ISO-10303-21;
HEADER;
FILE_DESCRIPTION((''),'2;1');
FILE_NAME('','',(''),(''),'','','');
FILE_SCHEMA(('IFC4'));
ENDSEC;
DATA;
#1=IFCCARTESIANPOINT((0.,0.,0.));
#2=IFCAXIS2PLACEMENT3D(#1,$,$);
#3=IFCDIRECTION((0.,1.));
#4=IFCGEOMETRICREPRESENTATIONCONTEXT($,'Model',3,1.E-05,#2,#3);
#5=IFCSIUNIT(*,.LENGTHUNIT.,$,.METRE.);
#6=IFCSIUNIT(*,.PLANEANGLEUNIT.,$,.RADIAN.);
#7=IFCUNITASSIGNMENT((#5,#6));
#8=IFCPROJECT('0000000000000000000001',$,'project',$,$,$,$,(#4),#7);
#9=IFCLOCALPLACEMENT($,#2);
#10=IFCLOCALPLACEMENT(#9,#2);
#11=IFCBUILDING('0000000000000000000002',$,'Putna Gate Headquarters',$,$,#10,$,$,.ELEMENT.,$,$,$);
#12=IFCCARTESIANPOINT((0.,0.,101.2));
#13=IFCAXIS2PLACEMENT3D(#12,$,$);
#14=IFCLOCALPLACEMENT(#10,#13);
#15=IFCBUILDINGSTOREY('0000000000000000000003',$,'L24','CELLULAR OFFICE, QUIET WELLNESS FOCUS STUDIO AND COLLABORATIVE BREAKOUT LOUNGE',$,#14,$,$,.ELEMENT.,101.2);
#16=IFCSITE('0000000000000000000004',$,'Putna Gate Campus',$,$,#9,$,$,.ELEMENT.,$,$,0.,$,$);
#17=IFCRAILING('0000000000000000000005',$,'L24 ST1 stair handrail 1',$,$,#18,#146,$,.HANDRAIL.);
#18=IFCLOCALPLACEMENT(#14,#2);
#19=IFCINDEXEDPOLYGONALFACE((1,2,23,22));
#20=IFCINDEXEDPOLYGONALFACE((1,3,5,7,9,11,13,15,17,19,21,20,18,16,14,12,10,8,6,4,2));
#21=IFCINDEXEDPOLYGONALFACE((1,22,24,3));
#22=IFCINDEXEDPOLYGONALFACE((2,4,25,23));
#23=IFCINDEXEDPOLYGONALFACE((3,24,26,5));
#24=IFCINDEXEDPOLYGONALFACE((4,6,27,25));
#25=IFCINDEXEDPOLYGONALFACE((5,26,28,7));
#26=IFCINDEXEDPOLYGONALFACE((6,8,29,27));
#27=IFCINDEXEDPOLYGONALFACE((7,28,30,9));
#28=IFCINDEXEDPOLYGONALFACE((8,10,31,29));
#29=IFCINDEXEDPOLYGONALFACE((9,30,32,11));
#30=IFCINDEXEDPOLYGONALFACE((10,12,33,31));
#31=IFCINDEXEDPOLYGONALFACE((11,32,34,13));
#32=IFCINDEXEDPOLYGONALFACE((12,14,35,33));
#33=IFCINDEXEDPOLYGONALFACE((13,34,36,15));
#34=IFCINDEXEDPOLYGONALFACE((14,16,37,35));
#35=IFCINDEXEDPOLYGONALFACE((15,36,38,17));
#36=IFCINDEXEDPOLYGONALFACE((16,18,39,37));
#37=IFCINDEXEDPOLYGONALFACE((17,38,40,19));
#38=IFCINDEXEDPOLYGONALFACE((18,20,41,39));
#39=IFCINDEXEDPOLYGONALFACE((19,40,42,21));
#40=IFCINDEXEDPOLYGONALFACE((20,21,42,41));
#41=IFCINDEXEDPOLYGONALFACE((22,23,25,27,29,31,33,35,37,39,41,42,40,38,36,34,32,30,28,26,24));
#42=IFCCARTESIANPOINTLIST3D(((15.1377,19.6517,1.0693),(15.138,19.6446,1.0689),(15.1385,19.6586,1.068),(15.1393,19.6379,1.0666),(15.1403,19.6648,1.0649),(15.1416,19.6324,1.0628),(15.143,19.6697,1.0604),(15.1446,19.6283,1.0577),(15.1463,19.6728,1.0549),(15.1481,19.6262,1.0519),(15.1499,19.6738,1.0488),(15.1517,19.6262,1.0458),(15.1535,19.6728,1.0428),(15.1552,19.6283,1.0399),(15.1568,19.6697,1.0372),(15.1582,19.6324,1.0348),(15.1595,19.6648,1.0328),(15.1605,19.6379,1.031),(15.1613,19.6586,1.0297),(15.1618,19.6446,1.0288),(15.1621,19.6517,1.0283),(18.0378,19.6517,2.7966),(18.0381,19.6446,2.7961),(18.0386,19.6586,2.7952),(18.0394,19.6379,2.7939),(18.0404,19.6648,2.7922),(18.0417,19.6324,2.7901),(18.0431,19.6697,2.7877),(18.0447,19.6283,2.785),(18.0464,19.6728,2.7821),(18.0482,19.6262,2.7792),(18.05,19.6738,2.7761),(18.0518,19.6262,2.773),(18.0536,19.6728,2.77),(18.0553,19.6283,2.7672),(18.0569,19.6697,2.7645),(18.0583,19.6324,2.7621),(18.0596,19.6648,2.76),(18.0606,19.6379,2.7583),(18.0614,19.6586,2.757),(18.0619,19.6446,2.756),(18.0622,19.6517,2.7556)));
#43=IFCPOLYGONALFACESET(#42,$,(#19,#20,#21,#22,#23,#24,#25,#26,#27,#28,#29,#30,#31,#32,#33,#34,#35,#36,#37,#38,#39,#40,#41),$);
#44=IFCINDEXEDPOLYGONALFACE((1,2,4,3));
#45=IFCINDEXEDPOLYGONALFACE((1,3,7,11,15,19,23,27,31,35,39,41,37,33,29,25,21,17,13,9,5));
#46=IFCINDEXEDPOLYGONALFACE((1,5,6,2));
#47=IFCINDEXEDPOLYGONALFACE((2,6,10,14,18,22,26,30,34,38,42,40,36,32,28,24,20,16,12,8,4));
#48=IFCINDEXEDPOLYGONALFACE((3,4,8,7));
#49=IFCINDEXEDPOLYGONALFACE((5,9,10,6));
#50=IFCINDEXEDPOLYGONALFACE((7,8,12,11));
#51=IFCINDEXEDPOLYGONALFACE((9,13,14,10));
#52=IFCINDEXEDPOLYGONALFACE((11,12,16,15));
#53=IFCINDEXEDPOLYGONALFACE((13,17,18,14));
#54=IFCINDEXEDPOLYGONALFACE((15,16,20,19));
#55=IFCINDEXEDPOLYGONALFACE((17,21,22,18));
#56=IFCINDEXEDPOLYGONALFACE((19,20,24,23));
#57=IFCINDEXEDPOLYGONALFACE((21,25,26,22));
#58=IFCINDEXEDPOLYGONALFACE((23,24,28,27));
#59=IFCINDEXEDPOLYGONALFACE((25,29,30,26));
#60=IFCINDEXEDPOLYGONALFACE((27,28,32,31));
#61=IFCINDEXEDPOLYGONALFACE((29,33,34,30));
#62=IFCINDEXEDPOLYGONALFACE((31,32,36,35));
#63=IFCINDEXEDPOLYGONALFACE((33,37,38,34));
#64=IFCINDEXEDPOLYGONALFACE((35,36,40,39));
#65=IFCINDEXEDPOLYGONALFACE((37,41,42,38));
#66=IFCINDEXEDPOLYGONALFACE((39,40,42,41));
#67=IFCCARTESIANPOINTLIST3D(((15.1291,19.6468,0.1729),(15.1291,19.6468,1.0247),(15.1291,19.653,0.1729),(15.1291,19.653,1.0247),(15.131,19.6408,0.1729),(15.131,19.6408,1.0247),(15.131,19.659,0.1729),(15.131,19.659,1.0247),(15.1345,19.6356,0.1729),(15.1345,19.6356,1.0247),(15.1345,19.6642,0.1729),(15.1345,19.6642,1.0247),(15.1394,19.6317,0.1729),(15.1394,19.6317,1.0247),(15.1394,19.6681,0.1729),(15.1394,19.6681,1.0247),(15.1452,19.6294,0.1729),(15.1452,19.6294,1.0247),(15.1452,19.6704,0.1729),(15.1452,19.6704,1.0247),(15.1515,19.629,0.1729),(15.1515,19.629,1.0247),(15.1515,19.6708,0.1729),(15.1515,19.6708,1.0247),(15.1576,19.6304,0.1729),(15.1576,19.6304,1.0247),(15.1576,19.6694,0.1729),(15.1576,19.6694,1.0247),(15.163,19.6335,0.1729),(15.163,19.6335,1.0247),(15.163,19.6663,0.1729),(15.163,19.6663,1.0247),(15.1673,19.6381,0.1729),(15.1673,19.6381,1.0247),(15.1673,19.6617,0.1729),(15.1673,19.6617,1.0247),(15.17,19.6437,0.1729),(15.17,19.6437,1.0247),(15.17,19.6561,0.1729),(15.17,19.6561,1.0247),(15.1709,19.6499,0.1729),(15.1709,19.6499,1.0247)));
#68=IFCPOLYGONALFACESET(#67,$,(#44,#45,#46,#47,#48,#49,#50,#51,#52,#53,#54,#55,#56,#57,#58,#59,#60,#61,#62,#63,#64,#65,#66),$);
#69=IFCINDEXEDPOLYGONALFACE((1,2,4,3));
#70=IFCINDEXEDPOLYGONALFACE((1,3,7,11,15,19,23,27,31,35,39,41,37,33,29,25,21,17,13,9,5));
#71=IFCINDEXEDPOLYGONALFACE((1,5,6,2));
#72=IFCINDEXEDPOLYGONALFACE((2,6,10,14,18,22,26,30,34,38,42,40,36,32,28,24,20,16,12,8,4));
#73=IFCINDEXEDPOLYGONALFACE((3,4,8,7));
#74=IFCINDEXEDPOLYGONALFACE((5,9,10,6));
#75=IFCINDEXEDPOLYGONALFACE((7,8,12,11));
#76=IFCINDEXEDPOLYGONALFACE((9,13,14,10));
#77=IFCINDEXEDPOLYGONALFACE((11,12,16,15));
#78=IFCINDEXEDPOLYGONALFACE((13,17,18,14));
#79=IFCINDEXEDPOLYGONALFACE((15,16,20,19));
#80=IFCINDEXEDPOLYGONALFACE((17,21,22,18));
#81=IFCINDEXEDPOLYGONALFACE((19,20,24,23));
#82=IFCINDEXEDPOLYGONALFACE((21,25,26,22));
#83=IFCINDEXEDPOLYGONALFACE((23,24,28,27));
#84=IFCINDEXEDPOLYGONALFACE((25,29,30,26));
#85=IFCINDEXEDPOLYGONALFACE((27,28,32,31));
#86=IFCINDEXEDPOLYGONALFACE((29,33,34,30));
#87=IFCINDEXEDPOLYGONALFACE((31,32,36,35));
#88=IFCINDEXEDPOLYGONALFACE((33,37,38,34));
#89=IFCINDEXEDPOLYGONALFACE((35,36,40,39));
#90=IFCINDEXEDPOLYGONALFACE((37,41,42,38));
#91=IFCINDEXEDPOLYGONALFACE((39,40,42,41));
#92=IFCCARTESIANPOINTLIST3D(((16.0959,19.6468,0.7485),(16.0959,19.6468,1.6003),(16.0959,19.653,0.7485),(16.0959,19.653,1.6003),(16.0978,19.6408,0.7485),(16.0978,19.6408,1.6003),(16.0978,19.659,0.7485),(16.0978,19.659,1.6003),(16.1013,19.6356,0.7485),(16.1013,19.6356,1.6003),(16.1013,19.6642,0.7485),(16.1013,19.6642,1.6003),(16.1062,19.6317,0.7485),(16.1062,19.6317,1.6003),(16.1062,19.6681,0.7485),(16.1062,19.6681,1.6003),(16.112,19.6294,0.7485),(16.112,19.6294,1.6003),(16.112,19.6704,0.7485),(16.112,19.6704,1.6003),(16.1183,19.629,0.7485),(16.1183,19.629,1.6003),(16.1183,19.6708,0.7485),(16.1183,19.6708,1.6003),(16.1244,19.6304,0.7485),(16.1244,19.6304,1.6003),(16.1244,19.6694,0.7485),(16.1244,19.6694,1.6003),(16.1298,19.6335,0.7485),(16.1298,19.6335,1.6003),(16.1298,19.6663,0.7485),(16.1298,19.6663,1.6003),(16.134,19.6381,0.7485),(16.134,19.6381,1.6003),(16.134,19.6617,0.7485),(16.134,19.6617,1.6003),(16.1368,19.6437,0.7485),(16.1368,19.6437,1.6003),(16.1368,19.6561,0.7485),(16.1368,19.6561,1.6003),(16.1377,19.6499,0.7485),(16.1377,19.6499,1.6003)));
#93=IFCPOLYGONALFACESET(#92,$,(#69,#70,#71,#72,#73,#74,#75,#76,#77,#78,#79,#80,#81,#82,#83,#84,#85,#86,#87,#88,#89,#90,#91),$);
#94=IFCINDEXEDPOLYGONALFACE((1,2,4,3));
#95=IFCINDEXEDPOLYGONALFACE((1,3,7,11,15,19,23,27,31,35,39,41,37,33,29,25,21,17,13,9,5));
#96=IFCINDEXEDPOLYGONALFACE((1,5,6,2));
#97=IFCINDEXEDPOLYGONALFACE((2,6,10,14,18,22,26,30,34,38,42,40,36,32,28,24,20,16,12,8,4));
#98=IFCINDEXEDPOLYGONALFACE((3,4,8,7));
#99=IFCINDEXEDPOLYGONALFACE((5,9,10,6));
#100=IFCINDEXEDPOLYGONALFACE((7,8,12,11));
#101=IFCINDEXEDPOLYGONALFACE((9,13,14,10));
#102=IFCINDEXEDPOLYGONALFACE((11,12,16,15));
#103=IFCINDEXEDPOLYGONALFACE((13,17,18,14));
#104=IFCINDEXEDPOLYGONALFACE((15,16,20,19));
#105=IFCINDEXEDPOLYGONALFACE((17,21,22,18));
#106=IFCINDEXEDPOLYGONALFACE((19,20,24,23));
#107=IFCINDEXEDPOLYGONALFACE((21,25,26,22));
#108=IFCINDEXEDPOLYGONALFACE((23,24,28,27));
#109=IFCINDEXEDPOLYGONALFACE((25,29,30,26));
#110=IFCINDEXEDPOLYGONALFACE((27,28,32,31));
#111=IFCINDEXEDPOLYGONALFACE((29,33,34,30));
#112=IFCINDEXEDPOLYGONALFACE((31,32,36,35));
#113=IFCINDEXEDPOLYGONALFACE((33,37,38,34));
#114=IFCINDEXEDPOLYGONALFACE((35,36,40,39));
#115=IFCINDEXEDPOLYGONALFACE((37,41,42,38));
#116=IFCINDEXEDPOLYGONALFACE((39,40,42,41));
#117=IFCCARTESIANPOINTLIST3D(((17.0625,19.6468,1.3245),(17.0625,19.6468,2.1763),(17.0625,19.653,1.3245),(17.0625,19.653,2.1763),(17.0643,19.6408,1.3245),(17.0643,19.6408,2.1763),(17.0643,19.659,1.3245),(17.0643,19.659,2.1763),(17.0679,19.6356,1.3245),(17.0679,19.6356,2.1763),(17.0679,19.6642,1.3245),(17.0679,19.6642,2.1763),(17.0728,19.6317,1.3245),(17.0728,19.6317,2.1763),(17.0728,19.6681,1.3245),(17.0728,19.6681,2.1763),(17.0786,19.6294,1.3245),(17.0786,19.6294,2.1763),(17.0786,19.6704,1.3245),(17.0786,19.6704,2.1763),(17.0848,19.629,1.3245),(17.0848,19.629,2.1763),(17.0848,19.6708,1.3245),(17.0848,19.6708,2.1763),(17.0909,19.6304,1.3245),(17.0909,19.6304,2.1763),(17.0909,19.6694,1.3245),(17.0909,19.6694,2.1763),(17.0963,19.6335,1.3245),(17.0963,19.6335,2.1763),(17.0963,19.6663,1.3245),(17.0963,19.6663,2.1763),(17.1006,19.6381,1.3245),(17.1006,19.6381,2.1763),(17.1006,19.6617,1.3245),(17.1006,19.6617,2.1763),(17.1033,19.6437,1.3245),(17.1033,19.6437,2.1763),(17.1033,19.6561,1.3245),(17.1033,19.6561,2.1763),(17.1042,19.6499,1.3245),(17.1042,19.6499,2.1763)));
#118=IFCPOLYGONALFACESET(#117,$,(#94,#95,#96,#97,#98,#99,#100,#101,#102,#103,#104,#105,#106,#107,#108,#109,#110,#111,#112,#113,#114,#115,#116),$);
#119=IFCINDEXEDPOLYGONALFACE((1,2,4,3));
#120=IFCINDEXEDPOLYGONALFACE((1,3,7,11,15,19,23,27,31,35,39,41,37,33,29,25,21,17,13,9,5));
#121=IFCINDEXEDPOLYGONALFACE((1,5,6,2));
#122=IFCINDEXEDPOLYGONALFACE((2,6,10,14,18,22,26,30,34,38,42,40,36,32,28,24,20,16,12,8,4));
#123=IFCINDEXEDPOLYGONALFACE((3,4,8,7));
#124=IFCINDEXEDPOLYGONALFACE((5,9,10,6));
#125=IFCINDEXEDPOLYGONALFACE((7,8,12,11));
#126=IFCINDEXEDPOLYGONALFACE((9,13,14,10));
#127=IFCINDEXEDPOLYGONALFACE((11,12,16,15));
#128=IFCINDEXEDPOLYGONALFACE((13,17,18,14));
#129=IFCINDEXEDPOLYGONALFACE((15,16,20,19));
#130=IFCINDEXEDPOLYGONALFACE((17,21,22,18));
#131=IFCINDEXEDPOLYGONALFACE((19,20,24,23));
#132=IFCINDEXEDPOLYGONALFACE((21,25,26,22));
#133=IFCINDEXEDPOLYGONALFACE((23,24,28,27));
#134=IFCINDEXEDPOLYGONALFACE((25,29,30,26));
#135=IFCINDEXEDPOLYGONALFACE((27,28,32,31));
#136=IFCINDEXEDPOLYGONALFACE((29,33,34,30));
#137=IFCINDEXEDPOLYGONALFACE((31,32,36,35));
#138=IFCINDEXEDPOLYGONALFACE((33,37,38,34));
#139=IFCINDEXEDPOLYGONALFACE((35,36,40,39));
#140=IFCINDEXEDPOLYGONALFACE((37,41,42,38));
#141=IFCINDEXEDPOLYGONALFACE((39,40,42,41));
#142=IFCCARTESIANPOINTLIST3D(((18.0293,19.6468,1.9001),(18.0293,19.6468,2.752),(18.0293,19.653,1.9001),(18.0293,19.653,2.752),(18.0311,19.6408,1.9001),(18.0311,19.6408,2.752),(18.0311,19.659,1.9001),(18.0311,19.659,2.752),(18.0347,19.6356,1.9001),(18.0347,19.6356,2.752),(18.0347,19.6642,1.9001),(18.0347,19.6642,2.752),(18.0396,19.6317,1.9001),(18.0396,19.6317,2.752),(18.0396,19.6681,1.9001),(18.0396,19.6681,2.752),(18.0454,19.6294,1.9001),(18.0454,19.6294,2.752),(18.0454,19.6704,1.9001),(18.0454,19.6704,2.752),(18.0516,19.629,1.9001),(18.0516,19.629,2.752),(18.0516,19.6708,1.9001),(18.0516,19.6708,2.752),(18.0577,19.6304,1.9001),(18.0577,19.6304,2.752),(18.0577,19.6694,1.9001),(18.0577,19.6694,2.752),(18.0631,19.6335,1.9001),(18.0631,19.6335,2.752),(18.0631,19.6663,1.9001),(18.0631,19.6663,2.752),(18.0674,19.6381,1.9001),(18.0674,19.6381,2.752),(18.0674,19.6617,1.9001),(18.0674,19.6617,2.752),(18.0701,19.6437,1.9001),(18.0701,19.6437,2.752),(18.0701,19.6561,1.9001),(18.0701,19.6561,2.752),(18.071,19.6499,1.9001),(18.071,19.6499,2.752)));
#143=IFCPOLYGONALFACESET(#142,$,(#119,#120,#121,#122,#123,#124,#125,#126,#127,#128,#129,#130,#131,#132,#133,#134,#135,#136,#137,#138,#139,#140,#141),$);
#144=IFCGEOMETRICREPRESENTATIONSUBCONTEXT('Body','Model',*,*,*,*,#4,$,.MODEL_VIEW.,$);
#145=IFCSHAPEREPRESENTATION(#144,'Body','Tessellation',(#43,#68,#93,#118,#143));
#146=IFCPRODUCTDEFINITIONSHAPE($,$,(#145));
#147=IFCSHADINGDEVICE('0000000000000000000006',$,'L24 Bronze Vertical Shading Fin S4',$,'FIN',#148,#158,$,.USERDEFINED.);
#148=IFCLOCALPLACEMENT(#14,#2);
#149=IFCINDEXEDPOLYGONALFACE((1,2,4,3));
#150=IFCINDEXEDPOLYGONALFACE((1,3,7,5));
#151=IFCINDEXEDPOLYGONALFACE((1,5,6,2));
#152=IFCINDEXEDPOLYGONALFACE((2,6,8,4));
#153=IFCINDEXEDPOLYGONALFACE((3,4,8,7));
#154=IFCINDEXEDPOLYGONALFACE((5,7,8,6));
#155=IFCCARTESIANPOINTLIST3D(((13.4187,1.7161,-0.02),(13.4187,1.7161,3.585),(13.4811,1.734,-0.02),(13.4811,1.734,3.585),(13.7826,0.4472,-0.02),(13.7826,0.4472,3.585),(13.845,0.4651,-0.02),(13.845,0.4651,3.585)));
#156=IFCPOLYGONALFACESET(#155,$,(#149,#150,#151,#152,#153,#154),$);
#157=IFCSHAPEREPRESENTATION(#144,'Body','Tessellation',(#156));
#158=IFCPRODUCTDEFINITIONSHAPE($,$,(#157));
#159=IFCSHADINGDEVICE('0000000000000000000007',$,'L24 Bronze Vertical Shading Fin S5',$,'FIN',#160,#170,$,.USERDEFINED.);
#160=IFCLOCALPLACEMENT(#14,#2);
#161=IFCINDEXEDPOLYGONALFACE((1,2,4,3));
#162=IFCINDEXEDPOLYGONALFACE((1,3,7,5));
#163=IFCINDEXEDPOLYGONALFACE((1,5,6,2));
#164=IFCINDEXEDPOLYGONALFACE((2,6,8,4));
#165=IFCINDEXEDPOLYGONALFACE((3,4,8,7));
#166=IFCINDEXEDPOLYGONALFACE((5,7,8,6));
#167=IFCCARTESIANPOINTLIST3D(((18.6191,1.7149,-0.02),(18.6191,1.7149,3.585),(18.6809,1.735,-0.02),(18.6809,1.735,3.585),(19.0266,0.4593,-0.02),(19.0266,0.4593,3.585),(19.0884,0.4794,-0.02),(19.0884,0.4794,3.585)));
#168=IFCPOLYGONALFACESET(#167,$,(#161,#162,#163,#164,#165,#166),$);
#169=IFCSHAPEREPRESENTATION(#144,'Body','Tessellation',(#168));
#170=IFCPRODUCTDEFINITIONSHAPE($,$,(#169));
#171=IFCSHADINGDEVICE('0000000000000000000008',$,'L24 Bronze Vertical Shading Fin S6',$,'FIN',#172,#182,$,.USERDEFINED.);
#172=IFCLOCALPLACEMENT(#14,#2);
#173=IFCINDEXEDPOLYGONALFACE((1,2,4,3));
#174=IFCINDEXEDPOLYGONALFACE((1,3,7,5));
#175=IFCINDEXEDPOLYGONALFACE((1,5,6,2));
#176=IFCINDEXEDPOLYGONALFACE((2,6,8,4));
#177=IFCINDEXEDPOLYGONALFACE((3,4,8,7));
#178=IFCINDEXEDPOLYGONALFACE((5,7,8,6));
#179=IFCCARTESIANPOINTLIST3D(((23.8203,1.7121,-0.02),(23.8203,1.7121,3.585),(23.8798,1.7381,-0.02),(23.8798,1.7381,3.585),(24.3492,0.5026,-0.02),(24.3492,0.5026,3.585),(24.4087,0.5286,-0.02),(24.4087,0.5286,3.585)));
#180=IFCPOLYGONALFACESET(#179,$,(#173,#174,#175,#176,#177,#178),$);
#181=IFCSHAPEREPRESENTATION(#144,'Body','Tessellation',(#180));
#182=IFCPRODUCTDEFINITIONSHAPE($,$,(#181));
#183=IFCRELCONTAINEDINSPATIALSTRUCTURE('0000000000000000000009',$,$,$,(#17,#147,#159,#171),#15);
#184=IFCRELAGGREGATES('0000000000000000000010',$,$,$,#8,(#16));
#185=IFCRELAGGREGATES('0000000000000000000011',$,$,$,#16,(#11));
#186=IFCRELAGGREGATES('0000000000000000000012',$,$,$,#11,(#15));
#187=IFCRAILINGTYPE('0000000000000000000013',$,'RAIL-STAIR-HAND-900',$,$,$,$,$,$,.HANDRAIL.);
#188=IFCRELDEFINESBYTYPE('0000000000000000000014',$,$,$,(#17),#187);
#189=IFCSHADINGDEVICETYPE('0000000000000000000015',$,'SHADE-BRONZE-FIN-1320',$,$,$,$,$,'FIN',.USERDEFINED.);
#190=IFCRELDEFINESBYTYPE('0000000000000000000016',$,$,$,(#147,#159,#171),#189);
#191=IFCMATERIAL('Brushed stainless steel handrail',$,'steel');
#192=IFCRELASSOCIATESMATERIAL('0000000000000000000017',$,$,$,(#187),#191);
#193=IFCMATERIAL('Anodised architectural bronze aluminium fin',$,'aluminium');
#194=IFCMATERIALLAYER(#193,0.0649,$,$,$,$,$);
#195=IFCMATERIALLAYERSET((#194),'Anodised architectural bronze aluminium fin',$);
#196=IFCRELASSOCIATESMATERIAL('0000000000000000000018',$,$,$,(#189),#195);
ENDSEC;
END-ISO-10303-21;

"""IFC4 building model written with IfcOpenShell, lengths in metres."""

from ifc_helpers import new_model, si_unit, direction, frame, origin, origin_2d, place, context, subcontext, project, spatial, rectangle, circle, extrude, material, layer, layer_set, type_object, element, save


model = new_model("IFC4")

# Units and contexts
model_context = context("Model", 3, precision=1e-05, world=origin(), true_north=direction((0.0, 1.0)))
body_context = subcontext(model_context, "Body", "Model", "MODEL_VIEW")
ifc_project = project(units=[si_unit("LENGTHUNIT", "METRE"), si_unit("PLANEANGLEUNIT", "RADIAN")], contexts=[model_context])

# Site, building, storey
site_placement = place(None, origin())
site = spatial("IfcSite", under=ifc_project, at=site_placement, Name="Putna Gate Campus", CompositionType="ELEMENT", RefElevation=0.0)
building_placement = place(site_placement, origin())
building = spatial("IfcBuilding", under=site, at=building_placement, Name="Putna Gate Headquarters", CompositionType="ELEMENT")
storey_placement = place(building_placement, frame((0.0, 0.0, 101.2)))
storey = spatial("IfcBuildingStorey", under=building, at=storey_placement, Name="L24", Description="CELLULAR OFFICE, QUIET WELLNESS FOCUS STUDIO AND COLLABORATIVE BREAKOUT LOUNGE", CompositionType="ELEMENT", Elevation=101.2)

# Railing
ifc_material_1 = material(Name="Brushed stainless steel handrail", Category="steel")
railing_type = type_object("IfcRailingType", Name="RAIL-STAIR-HAND-900", PredefinedType="HANDRAIL", material=ifc_material_1)
railing_placement = place(storey_placement, frame((15.1499, 19.6499, 0.1729)))
element("IfcRailing", 1, at=railing_placement, inside=storey, type_object=railing_type, Name="L24 ST1 stair handrail 1", PredefinedType="HANDRAIL", context=body_context, shape_type="SweptSolid", body=[
    extrude(circle(Radius=0.0239, at=origin_2d()), frame((0.0, 0.0, 0.876), z_axis=(0.85916, 0.0, 0.511706), x_axis=(0.0, 1.0, 0.0)), (0.0, 0.0, 1.0), 3.3755),
    extrude(circle(Radius=0.021, at=origin_2d()), origin(), (0.0, 0.0, 1.0), 0.8518),
    extrude(circle(Radius=0.021, at=origin_2d()), frame((0.9668, 0.0, 0.5757)), (0.0, 0.0, 1.0), 0.8518),
    extrude(circle(Radius=0.021, at=origin_2d()), frame((1.9333, 0.0, 1.1516)), (0.0, 0.0, 1.0), 0.8518),
    extrude(circle(Radius=0.021, at=origin_2d()), frame((2.9001, 0.0, 1.7273)), (0.0, 0.0, 1.0), 0.8518),
])

# Shading devices
ifc_material_2 = material(Name="Anodised architectural bronze aluminium fin", Category="aluminium")
ifc_layer_1 = layer(ifc_material_2, 0.0649)
ifc_layer_set_1 = layer_set([ifc_layer_1], Name="Anodised architectural bronze aluminium fin")
shading_device_type = type_object("IfcShadingDeviceType", Name="SHADE-BRONZE-FIN-1320", ElementType="FIN", PredefinedType="USERDEFINED", material=ifc_layer_set_1)
for number, where, z_axis, x_axis, name in (
    (2, (13.6318, 1.0906, -0.02), (0.0, 0.0, 1.0), (0.275637, -0.961262, 0.0), "L24 Bronze Vertical Shading Fin S4"),
    (3, (18.8538, 1.0972, -0.02), (0.0, 0.0, 1.0), (0.308685, -0.951164, 0.0), "L24 Bronze Vertical Shading Fin S5"),
    (4, (24.1145, 1.1204, -0.02), (0.0, 0.0, 1.0), (0.400669, -0.916223, 0.0), "L24 Bronze Vertical Shading Fin S6"),
):
    element("IfcShadingDevice", number, at=place(storey_placement, frame(where, z_axis=z_axis, x_axis=x_axis)), inside=storey, type_object=shading_device_type, Name=name, ObjectType="FIN", PredefinedType="USERDEFINED", context=body_context, shape_type="SweptSolid", body=[
        extrude(rectangle(XDim=1.3201, YDim=0.0649, at=origin_2d()), origin(), (0.0, 0.0, 1.0), 3.605),
    ])

save(model, "model.ifc")
